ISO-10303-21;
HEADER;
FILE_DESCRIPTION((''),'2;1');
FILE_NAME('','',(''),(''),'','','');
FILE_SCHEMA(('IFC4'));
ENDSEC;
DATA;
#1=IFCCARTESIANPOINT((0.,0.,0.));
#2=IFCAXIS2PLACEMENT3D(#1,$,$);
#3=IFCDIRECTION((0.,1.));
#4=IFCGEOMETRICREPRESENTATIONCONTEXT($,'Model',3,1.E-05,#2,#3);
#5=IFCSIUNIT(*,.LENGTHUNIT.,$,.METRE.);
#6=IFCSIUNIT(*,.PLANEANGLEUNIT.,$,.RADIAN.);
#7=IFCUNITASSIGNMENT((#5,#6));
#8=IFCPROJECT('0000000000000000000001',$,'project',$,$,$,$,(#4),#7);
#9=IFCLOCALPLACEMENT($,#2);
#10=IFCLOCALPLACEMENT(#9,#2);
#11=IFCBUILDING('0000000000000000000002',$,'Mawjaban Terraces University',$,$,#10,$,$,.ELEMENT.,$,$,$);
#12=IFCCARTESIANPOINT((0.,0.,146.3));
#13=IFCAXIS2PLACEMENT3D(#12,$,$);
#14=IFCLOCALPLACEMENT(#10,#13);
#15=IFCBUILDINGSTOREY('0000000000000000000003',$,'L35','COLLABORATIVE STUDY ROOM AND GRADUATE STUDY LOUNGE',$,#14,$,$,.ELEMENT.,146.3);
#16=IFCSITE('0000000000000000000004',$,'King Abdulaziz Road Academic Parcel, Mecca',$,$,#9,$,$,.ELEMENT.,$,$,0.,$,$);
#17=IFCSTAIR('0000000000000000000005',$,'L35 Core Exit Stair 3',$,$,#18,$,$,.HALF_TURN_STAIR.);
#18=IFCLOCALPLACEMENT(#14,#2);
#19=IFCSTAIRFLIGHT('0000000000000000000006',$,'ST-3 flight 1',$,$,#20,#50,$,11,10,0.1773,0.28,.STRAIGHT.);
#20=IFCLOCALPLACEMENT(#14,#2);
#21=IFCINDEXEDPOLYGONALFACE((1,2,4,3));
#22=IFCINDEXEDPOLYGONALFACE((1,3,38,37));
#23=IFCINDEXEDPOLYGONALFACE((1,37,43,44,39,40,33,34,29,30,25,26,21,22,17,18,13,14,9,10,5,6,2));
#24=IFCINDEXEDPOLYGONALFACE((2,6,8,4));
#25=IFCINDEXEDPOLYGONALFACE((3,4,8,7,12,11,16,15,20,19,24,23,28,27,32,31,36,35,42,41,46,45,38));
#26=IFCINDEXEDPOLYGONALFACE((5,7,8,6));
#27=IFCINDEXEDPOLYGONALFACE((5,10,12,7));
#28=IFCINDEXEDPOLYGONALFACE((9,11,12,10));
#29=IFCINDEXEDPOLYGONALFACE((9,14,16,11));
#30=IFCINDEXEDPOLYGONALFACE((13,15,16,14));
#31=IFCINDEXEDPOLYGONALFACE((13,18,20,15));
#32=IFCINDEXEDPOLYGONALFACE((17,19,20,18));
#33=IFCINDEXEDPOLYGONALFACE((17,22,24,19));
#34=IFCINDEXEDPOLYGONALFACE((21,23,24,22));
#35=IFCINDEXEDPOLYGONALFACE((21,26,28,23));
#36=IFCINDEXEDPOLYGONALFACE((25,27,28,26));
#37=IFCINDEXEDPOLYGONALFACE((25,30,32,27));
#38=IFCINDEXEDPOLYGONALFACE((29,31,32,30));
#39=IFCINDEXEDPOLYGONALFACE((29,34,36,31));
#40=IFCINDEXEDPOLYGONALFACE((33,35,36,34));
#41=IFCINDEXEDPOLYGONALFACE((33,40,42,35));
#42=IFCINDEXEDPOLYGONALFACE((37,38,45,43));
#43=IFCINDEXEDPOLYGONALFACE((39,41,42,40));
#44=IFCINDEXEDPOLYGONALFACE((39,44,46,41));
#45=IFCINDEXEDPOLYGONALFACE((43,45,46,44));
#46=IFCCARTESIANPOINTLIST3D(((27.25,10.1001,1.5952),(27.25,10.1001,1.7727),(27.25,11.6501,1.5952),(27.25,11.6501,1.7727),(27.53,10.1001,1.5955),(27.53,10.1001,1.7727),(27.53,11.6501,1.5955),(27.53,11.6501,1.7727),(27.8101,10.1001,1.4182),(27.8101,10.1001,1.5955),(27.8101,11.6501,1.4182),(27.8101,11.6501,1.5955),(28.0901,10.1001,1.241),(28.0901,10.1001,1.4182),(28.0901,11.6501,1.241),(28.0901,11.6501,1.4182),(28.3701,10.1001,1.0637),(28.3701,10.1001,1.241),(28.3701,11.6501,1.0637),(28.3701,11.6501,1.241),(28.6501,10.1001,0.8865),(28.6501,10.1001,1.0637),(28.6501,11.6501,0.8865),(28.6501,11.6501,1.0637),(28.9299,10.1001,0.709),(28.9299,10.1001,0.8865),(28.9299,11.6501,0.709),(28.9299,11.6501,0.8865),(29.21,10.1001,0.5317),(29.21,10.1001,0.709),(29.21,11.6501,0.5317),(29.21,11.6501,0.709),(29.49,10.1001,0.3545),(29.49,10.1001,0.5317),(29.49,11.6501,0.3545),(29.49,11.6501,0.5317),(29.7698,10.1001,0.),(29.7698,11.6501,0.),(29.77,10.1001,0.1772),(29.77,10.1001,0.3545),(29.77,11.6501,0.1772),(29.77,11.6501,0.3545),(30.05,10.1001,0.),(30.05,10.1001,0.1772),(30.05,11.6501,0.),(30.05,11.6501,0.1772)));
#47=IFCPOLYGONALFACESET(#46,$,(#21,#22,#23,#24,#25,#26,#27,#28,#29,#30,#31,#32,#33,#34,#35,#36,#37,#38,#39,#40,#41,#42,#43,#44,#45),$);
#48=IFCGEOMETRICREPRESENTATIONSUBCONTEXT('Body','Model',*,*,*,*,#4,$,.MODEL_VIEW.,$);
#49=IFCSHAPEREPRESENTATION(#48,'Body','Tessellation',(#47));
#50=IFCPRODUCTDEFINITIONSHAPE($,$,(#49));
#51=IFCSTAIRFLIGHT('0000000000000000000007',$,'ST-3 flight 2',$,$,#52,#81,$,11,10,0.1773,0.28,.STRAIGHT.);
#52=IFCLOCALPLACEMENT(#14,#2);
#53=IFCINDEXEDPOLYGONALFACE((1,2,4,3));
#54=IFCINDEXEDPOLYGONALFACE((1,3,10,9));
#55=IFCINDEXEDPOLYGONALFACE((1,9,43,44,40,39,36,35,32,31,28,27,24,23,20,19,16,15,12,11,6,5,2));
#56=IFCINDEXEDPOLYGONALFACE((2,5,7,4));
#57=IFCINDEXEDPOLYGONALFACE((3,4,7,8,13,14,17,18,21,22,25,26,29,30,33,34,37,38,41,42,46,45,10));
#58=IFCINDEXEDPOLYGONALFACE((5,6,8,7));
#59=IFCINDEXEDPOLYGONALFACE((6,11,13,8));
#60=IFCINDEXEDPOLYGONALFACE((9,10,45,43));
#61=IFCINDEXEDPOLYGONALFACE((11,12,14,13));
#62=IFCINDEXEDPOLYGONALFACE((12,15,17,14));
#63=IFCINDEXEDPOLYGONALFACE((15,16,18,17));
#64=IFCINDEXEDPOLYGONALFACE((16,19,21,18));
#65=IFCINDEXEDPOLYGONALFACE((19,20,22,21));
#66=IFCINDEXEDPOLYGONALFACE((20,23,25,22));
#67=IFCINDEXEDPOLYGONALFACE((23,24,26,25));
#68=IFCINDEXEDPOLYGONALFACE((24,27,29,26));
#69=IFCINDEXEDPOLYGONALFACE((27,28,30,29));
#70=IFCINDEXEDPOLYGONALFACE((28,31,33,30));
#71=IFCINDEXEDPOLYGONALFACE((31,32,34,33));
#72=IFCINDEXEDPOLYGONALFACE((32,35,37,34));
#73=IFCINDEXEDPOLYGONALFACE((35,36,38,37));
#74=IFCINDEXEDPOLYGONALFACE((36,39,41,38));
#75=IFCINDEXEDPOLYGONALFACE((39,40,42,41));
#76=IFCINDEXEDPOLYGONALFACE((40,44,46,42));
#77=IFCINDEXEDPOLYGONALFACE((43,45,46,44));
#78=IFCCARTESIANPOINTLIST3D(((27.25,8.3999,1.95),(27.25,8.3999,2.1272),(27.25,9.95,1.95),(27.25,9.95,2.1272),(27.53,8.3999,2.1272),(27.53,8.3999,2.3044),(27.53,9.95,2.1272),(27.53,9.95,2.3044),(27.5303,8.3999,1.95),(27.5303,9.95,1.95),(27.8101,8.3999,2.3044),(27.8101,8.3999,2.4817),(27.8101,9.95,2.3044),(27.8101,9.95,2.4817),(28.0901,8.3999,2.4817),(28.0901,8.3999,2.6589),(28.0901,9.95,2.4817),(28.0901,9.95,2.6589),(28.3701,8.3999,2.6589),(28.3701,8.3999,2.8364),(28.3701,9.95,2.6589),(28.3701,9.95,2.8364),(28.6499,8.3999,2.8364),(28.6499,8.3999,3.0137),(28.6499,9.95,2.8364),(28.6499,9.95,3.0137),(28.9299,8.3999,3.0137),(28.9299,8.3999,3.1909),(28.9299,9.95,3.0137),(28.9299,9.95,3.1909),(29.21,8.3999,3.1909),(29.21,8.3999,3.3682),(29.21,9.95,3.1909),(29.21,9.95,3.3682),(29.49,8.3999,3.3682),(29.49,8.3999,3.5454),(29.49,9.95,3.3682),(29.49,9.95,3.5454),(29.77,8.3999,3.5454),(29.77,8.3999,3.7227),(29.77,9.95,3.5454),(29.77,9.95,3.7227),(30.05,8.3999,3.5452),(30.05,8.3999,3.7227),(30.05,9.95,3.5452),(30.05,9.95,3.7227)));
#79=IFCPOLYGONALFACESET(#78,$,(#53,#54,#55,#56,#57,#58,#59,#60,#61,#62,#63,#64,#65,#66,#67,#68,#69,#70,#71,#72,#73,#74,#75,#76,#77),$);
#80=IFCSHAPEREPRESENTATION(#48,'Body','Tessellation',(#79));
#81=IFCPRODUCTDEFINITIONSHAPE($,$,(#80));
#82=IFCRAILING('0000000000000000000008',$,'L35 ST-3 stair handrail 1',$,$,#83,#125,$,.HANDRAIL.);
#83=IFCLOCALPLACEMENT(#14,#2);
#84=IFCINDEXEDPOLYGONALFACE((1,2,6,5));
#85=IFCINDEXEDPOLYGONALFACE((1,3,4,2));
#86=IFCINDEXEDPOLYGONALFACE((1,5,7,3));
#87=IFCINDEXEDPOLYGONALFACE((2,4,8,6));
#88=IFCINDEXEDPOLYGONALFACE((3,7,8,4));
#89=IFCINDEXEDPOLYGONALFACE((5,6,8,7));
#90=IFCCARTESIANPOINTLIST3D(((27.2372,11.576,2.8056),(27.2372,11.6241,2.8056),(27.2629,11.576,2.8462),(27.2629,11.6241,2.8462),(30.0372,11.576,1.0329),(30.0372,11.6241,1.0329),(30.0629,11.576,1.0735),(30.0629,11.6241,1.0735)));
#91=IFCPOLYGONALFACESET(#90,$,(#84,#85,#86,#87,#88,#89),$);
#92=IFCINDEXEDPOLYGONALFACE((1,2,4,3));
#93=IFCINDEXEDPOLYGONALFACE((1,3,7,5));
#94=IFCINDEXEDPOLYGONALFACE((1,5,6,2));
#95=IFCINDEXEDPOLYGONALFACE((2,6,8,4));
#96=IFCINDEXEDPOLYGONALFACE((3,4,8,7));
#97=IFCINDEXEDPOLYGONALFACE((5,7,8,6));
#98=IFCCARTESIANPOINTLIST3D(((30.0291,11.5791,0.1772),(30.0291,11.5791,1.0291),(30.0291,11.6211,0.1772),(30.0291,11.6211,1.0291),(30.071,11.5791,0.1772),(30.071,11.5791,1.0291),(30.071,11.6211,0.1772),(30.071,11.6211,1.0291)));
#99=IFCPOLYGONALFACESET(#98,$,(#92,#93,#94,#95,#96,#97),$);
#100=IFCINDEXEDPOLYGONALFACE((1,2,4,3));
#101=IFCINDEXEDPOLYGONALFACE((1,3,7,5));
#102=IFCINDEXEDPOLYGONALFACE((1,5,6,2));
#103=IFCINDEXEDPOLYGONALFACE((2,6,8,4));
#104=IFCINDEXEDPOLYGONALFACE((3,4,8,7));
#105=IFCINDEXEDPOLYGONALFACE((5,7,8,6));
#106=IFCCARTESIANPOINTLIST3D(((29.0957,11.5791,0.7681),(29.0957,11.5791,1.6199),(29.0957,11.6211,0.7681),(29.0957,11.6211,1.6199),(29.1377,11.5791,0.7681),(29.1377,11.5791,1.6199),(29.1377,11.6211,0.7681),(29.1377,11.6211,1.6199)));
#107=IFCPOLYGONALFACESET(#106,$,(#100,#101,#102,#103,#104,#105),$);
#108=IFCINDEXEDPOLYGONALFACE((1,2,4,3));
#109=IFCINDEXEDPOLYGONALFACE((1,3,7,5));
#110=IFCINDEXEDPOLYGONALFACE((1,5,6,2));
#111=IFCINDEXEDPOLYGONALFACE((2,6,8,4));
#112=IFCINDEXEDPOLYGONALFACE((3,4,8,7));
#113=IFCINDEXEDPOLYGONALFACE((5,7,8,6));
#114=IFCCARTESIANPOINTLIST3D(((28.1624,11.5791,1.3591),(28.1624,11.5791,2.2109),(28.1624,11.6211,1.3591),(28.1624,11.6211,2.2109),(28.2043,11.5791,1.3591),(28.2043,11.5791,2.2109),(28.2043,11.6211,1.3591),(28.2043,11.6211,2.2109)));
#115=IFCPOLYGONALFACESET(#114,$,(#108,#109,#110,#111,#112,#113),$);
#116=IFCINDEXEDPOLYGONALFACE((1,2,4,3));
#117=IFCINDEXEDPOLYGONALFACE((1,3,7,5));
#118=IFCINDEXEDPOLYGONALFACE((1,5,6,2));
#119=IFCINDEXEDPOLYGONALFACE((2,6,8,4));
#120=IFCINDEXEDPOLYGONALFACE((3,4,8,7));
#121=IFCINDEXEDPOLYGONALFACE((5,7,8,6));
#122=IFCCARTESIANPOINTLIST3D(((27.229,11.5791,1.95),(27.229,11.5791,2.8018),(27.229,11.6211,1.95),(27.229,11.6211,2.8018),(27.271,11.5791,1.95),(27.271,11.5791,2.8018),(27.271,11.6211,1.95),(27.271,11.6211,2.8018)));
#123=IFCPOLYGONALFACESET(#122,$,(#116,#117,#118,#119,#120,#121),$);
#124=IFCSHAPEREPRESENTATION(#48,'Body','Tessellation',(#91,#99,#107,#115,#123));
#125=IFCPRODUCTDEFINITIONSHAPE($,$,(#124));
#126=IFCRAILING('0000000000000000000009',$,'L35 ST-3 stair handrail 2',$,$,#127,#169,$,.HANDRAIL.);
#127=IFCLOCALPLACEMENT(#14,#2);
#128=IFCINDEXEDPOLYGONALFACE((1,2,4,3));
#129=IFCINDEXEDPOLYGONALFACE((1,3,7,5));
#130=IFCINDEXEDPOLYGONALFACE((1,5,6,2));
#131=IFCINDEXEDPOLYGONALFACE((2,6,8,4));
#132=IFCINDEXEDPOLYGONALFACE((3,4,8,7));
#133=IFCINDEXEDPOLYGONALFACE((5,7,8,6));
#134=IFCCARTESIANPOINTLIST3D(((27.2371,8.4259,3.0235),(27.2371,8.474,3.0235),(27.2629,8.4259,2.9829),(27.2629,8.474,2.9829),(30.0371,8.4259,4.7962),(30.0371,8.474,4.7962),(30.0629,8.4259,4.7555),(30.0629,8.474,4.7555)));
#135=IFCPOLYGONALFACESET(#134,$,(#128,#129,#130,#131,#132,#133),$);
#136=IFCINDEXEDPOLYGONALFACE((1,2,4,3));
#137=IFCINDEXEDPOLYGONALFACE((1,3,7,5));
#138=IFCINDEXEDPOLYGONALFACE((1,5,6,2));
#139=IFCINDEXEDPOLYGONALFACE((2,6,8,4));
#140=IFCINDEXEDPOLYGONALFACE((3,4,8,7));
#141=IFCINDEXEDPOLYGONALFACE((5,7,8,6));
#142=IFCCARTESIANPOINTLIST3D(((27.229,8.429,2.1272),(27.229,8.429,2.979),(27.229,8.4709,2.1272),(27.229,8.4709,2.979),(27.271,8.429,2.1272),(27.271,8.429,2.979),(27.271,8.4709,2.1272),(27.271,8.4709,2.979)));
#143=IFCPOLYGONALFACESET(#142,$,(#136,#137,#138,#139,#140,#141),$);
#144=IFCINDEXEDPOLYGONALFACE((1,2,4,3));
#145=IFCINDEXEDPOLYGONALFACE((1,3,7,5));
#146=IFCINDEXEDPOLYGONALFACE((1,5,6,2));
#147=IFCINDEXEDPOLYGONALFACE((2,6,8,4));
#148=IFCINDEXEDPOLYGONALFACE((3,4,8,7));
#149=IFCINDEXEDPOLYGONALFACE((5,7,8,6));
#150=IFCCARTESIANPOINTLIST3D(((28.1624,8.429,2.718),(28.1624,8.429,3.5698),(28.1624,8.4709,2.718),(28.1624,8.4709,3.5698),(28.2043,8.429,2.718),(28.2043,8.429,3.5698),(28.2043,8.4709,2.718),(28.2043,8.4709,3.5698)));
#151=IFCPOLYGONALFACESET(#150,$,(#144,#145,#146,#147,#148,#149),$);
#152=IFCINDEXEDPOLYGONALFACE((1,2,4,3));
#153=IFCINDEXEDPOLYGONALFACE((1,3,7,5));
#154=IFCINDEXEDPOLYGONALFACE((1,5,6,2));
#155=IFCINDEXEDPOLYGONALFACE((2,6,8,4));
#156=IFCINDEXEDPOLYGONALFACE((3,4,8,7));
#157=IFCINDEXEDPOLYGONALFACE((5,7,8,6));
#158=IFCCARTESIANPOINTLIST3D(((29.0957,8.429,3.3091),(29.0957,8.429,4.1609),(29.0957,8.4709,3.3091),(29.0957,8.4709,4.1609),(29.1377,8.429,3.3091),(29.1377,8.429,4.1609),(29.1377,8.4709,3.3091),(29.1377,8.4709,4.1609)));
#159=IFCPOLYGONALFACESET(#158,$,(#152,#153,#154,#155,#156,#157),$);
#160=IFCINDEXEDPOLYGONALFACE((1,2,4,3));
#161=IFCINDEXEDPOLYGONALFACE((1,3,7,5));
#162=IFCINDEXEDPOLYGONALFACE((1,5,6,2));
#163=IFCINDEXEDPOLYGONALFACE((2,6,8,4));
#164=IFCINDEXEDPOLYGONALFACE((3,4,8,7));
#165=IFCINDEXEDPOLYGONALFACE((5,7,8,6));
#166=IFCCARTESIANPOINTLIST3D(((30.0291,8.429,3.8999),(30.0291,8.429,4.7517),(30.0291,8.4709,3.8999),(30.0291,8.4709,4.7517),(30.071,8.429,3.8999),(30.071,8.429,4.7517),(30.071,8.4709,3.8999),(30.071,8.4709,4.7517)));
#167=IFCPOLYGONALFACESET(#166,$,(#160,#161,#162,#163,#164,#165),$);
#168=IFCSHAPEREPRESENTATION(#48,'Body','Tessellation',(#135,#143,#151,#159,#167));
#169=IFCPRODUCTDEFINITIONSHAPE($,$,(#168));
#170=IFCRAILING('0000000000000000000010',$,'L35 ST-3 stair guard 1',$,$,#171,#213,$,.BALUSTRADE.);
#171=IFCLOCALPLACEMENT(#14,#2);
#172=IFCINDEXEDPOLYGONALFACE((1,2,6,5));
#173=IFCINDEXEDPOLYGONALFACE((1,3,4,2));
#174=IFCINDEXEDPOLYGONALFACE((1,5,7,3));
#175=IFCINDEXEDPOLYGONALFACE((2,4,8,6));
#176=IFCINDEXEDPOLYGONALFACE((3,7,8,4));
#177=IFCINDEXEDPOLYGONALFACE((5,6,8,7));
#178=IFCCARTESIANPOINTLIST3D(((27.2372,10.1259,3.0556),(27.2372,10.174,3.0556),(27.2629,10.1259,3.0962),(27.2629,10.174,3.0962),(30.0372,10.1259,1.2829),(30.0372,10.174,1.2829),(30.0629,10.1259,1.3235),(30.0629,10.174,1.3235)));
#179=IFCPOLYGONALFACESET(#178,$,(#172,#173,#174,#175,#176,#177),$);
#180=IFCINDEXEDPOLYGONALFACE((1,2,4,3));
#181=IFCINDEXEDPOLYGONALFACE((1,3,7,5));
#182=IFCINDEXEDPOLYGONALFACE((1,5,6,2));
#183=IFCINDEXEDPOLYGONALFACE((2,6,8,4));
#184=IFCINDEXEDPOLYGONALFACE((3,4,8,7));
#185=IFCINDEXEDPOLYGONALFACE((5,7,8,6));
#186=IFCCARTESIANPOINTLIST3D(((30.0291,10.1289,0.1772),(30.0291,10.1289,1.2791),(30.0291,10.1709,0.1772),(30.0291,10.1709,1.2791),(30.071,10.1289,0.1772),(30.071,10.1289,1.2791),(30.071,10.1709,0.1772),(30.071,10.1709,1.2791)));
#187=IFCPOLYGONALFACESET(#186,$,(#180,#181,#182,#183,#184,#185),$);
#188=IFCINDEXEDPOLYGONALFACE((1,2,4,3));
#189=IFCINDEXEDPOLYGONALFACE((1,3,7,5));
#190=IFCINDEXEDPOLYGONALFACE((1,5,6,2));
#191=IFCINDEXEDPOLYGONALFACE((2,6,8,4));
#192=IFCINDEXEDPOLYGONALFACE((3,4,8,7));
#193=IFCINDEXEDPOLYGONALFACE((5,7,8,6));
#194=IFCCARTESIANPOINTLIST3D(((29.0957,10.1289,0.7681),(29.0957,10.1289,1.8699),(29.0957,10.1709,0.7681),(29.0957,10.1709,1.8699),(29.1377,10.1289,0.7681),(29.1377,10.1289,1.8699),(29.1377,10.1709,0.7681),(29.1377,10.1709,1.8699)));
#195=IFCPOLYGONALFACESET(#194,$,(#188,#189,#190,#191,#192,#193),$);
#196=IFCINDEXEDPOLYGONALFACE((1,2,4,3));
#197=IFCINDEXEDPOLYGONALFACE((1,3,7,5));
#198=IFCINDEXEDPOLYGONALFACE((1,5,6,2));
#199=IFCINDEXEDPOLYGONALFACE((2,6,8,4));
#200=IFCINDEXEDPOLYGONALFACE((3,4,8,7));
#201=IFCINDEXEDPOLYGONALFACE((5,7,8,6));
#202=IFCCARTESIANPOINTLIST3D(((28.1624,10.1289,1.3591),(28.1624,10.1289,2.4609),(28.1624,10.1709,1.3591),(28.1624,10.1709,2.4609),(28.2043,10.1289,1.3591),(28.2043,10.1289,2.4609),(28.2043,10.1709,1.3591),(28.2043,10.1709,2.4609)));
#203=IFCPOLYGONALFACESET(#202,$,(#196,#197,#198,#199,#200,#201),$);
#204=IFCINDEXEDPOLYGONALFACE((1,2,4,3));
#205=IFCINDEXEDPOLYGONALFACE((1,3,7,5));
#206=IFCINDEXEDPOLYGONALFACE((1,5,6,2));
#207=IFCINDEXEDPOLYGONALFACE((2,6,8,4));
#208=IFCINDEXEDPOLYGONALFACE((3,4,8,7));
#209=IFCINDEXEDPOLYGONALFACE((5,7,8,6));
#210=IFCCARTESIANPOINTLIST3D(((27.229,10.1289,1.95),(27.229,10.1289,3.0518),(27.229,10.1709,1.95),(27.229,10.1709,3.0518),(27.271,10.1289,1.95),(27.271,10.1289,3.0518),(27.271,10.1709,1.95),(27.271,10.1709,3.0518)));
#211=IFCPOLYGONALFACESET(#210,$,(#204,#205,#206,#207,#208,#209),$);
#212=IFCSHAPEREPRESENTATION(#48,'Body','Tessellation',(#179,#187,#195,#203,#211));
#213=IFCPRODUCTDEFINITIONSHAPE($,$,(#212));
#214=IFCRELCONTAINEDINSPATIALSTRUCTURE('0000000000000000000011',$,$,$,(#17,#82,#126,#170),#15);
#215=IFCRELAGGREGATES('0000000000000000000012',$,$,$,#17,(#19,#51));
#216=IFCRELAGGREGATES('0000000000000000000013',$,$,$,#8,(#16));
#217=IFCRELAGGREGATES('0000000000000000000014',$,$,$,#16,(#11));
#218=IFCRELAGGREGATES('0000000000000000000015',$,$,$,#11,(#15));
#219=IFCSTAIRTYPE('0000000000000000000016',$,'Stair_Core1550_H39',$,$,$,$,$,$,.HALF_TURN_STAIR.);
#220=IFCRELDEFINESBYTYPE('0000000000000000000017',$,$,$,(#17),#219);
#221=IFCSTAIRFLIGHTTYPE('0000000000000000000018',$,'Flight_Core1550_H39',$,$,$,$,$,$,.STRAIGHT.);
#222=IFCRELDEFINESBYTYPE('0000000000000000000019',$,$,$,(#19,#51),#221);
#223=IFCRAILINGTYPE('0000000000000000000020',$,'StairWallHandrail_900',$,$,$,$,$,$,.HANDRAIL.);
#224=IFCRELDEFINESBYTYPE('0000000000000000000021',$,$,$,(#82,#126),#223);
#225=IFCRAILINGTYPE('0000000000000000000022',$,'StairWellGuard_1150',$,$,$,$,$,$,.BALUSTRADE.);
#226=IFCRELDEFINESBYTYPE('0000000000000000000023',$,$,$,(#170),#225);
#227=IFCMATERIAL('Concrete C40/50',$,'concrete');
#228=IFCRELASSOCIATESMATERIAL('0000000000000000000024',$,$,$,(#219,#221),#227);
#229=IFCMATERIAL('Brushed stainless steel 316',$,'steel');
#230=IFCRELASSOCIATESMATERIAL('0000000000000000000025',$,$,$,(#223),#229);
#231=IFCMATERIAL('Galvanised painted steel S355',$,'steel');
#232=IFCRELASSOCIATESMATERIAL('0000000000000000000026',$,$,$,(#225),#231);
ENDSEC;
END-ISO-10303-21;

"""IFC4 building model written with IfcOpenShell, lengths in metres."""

from ifc_helpers import new_model, si_unit, direction, frame, origin, origin_2d, place, context, subcontext, project, spatial, polyline, rectangle, outline, extrude, material, type_object, element, aggregate, save


model = new_model("IFC4")

# Units and contexts
model_context = context("Model", 3, precision=1e-05, world=origin(), true_north=direction((0.0, 1.0)))
body_context = subcontext(model_context, "Body", "Model", "MODEL_VIEW")
ifc_project = project(units=[si_unit("LENGTHUNIT", "METRE"), si_unit("PLANEANGLEUNIT", "RADIAN")], contexts=[model_context])

# Site, building, storey
site_placement = place(None, origin())
site = spatial("IfcSite", under=ifc_project, at=site_placement, Name="King Abdulaziz Road Academic Parcel, Mecca", CompositionType="ELEMENT", RefElevation=0.0)
building_placement = place(site_placement, origin())
building = spatial("IfcBuilding", under=site, at=building_placement, Name="Mawjaban Terraces University", CompositionType="ELEMENT")
storey_placement = place(building_placement, frame((0.0, 0.0, 146.3)))
storey = spatial("IfcBuildingStorey", under=building, at=storey_placement, Name="L35", Description="COLLABORATIVE STUDY ROOM AND GRADUATE STUDY LOUNGE", CompositionType="ELEMENT", Elevation=146.3)

# Shared definitions
ifc_material_1 = material(Name="Concrete C40/50", Category="concrete")

# Stair, stair flights
stair_type = type_object("IfcStairType", Name="Stair_Core1550_H39", PredefinedType="HALF_TURN_STAIR", material=ifc_material_1)
stair_placement = place(storey_placement, origin())
stair = element("IfcStair", 1, at=stair_placement, inside=storey, type_object=stair_type, Name="L35 Core Exit Stair 3", PredefinedType="HALF_TURN_STAIR")
stair_flight_type = type_object("IfcStairFlightType", Name="Flight_Core1550_H39", PredefinedType="STRAIGHT", material=ifc_material_1)
stair_flight_1_placement = place(storey_placement, frame((30.05, 10.875, 0.0), z_axis=(0.0, 0.0, 1.0), x_axis=(-1.0, 0.0, 0.0)))
stair_flight_1 = element("IfcStairFlight", 2, at=stair_flight_1_placement, type_object=stair_flight_type, Name="ST-3 flight 1", NumberOfRisers=11, NumberOfTreads=10, PredefinedType="STRAIGHT", RiserHeight=0.1773, TreadLength=0.28, context=body_context, shape_type="SweptSolid", body=[
    extrude(outline(polyline([(0.0, 0.0), (0.0, 0.1772), (0.28, 0.1772), (0.28, 0.3545), (0.5601, 0.3545), (0.5601, 0.5317), (0.8401, 0.5317), (0.8401, 0.709), (1.1201, 0.709), (1.1201, 0.8865), (1.3999, 0.8865), (1.3999, 1.0637), (1.6799, 1.0637), (1.6799, 1.241), (1.96, 1.241), (1.96, 1.4182), (2.24, 1.4182), (2.24, 1.5955), (2.52, 1.5955), (2.52, 1.7727), (2.8, 1.7727), (2.8, 1.95), (2.8, 1.5952), (0.2803, 0.0), (0.0, 0.0)])), frame((0.0, 0.7749, 0.0), z_axis=(0.0, -1.0, 0.0), x_axis=(1.0, 0.0, 0.0)), (0.0, 0.0, 1.0), 1.55),
])
stair_flight_2_placement = place(storey_placement, frame((27.25, 9.175, 1.95), z_axis=(0.0, 0.0, 1.0), x_axis=(1.0, 0.0, 0.0)))
stair_flight_2 = element("IfcStairFlight", 3, at=stair_flight_2_placement, type_object=stair_flight_type, Name="ST-3 flight 2", NumberOfRisers=11, NumberOfTreads=10, PredefinedType="STRAIGHT", RiserHeight=0.1773, TreadLength=0.28, context=body_context, shape_type="SweptSolid", body=[
    extrude(outline(polyline([(0.0, 0.0), (0.0, 0.1772), (0.28, 0.1772), (0.28, 0.3545), (0.5601, 0.3545), (0.5601, 0.5317), (0.8401, 0.5317), (0.8401, 0.709), (1.1201, 0.709), (1.1201, 0.8865), (1.3999, 0.8865), (1.3999, 1.0637), (1.6799, 1.0637), (1.6799, 1.241), (1.96, 1.241), (1.96, 1.4182), (2.24, 1.4182), (2.24, 1.5955), (2.52, 1.5955), (2.52, 1.7727), (2.8, 1.7727), (2.8, 1.95), (2.8, 1.5952), (0.2803, 0.0), (0.0, 0.0)])), frame((0.0, 0.7749, 0.0), z_axis=(0.0, -1.0, 0.0), x_axis=(1.0, 0.0, 0.0)), (0.0, 0.0, 1.0), 1.55),
])
aggregate(stair, [stair_flight_1, stair_flight_2])

# Railings
ifc_material_2 = material(Name="Brushed stainless steel 316", Category="steel")
railing_type_1 = type_object("IfcRailingType", Name="StairWallHandrail_900", PredefinedType="HANDRAIL", material=ifc_material_2)
railing_1_placement = place(storey_placement, frame((30.05, 11.6001, 0.1772)))
element("IfcRailing", 4, at=railing_1_placement, inside=storey, type_object=railing_type_1, Name="L35 ST-3 stair handrail 1", PredefinedType="HANDRAIL", context=body_context, shape_type="SweptSolid", body=[
    extrude(rectangle(XDim=0.0481, YDim=0.0481, at=origin_2d()), frame((0.0, 0.0, 0.876), z_axis=(-0.844909, 0.0, 0.53491), x_axis=(0.0, -1.0, 0.0)), (0.0, 0.0, 1.0), 3.314),
    extrude(rectangle(XDim=0.042, YDim=0.042, at=origin_2d()), origin(), (0.0, 0.0, 1.0), 0.8518),
    extrude(rectangle(XDim=0.042, YDim=0.042, at=origin_2d()), frame((-0.9333, 0.0, 0.5908)), (0.0, 0.0, 1.0), 0.8518),
    extrude(rectangle(XDim=0.042, YDim=0.042, at=origin_2d()), frame((-1.8667, 0.0, 1.1819)), (0.0, 0.0, 1.0), 0.8518),
    extrude(rectangle(XDim=0.042, YDim=0.042, at=origin_2d()), frame((-2.8, 0.0, 1.7727)), (0.0, 0.0, 1.0), 0.8518),
])
railing_2_placement = place(storey_placement, frame((27.25, 8.45, 2.1272)))
element("IfcRailing", 5, at=railing_2_placement, inside=storey, type_object=railing_type_1, Name="L35 ST-3 stair handrail 2", PredefinedType="HANDRAIL", context=body_context, shape_type="SweptSolid", body=[
    extrude(rectangle(XDim=0.0481, YDim=0.0481, at=origin_2d()), frame((0.0, 0.0, 0.876), z_axis=(0.844909, 0.0, 0.53491), x_axis=(0.0, 1.0, 0.0)), (0.0, 0.0, 1.0), 3.314),
    extrude(rectangle(XDim=0.042, YDim=0.042, at=origin_2d()), origin(), (0.0, 0.0, 1.0), 0.8518),
    extrude(rectangle(XDim=0.042, YDim=0.042, at=origin_2d()), frame((0.9333, 0.0, 0.5908)), (0.0, 0.0, 1.0), 0.8518),
    extrude(rectangle(XDim=0.042, YDim=0.042, at=origin_2d()), frame((1.8667, 0.0, 1.1819)), (0.0, 0.0, 1.0), 0.8518),
    extrude(rectangle(XDim=0.042, YDim=0.042, at=origin_2d()), frame((2.8, 0.0, 1.7727)), (0.0, 0.0, 1.0), 0.8518),
])
ifc_material_3 = material(Name="Galvanised painted steel S355", Category="steel")
railing_type_2 = type_object("IfcRailingType", Name="StairWellGuard_1150", PredefinedType="BALUSTRADE", material=ifc_material_3)
railing_3_placement = place(storey_placement, frame((30.05, 10.1499, 0.1772)))
element("IfcRailing", 6, at=railing_3_placement, inside=storey, type_object=railing_type_2, Name="L35 ST-3 stair guard 1", PredefinedType="BALUSTRADE", context=body_context, shape_type="SweptSolid", body=[
    extrude(rectangle(XDim=0.0481, YDim=0.0481, at=origin_2d()), frame((0.0, 0.0, 1.126), z_axis=(-0.844909, 0.0, 0.53491), x_axis=(0.0, -1.0, 0.0)), (0.0, 0.0, 1.0), 3.314),
    extrude(rectangle(XDim=0.042, YDim=0.042, at=origin_2d()), origin(), (0.0, 0.0, 1.0), 1.1018),
    extrude(rectangle(XDim=0.042, YDim=0.042, at=origin_2d()), frame((-0.9333, 0.0, 0.5908)), (0.0, 0.0, 1.0), 1.1018),
    extrude(rectangle(XDim=0.042, YDim=0.042, at=origin_2d()), frame((-1.8667, 0.0, 1.1819)), (0.0, 0.0, 1.0), 1.1018),
    extrude(rectangle(XDim=0.042, YDim=0.042, at=origin_2d()), frame((-2.8, 0.0, 1.7727)), (0.0, 0.0, 1.0), 1.1018),
])

save(model, "model.ifc")
